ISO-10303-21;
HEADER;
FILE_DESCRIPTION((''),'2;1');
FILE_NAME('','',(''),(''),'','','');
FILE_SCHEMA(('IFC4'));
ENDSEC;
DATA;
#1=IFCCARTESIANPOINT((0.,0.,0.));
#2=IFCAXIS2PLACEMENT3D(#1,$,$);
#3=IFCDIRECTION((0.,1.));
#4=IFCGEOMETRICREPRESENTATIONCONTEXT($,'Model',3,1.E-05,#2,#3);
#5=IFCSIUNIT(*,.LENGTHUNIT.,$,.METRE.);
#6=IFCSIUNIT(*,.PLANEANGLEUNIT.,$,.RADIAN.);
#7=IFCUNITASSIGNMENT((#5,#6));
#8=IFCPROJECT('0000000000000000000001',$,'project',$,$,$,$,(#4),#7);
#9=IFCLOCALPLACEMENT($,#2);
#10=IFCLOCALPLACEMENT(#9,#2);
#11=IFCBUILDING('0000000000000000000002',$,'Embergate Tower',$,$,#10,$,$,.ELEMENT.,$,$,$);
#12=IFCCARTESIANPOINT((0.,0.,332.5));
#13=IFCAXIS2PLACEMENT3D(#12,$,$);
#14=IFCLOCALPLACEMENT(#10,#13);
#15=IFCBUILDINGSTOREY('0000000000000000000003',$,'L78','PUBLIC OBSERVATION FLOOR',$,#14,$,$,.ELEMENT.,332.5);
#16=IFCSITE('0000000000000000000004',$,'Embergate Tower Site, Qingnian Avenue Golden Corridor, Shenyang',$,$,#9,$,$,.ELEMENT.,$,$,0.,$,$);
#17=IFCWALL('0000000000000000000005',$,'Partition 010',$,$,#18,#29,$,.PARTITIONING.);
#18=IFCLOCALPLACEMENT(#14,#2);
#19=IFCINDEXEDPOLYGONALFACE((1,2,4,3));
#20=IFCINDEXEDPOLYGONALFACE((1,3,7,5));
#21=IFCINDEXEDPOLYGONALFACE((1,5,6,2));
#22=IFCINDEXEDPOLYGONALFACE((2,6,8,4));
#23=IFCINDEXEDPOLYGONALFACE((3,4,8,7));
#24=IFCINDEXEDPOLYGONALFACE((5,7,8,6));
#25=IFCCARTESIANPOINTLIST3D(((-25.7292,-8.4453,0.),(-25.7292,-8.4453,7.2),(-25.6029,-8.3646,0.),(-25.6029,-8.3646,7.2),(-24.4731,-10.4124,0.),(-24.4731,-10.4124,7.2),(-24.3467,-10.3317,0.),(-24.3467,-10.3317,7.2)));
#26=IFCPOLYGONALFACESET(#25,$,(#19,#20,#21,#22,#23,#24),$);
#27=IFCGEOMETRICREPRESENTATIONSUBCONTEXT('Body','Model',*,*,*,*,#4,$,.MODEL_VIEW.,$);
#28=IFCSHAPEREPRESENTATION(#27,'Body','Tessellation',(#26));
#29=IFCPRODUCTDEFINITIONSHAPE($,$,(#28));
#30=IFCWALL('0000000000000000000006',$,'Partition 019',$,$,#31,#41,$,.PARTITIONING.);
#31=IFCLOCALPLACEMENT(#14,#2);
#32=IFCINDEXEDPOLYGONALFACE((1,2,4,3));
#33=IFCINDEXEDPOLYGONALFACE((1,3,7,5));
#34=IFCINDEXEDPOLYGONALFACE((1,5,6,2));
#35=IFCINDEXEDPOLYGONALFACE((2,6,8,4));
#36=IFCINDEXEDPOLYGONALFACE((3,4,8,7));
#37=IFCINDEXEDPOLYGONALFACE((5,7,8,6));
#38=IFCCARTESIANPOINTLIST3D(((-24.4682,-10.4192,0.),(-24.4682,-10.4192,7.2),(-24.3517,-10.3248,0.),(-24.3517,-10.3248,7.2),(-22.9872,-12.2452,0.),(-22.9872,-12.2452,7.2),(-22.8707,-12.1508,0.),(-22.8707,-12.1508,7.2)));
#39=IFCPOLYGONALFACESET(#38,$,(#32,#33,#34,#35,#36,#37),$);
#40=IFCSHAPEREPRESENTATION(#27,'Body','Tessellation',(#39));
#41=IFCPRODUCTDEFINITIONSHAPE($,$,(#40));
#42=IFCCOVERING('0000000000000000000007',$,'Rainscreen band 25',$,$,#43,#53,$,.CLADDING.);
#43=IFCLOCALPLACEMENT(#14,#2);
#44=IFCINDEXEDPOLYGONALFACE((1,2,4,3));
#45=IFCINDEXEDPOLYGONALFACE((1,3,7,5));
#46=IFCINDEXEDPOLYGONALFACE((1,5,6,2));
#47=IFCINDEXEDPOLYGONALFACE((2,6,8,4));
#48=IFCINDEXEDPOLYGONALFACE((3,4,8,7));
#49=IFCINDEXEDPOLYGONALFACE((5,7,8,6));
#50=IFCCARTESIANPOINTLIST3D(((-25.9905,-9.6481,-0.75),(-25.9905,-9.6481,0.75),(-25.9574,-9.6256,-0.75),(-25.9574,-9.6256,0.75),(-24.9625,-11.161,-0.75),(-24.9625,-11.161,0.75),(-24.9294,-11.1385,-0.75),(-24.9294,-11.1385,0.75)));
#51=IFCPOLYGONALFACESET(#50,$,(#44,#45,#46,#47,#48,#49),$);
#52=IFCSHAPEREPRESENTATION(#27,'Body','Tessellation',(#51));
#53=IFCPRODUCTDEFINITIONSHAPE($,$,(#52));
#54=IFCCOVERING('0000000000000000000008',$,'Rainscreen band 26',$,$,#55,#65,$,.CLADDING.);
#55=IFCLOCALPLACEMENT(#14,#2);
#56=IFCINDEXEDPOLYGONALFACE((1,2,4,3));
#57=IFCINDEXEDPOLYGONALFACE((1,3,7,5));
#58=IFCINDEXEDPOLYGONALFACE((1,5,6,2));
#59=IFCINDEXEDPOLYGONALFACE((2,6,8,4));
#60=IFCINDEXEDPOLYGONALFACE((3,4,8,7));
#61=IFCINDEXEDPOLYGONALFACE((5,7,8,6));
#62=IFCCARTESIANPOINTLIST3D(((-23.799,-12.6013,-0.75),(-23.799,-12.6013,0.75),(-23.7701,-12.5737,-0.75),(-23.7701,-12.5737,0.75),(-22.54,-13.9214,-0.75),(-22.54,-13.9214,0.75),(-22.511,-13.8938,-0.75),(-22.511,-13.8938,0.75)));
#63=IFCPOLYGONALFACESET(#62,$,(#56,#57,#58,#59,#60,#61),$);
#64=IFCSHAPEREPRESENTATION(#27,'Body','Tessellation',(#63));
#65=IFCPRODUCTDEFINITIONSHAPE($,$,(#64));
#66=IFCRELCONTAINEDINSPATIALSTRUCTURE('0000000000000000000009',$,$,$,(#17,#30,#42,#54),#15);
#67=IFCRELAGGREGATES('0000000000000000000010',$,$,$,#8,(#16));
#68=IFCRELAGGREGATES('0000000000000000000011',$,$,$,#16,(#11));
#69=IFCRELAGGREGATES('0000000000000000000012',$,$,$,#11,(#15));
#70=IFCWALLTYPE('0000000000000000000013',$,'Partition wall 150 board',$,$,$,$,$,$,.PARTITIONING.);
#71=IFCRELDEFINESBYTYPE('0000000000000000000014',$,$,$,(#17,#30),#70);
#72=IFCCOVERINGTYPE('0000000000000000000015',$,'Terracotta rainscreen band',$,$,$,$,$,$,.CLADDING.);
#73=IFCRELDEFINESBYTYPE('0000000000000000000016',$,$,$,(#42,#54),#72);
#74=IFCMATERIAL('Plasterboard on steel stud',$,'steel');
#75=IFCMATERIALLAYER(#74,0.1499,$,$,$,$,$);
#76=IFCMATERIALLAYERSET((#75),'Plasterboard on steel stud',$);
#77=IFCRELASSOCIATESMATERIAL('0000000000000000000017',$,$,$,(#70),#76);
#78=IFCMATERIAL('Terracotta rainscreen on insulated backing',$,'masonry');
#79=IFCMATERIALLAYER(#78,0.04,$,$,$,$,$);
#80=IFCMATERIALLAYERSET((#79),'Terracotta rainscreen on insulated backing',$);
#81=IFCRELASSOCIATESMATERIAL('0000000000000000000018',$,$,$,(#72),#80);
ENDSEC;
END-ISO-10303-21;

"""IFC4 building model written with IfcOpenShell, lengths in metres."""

from ifc_helpers import new_model, si_unit, direction, frame, frame_2d, origin, origin_2d, place, context, subcontext, project, spatial, rectangle, extrude, source, transform, mapped, material, layer, layer_set, type_object, element, save


model = new_model("IFC4")

# Units and contexts
model_context = context("Model", 3, precision=1e-05, world=origin(), true_north=direction((0.0, 1.0)))
body_context = subcontext(model_context, "Body", "Model", "MODEL_VIEW")
ifc_project = project(units=[si_unit("LENGTHUNIT", "METRE"), si_unit("PLANEANGLEUNIT", "RADIAN")], contexts=[model_context])

# Site, building, storey
site_placement = place(None, origin())
site = spatial("IfcSite", under=ifc_project, at=site_placement, Name="Embergate Tower Site, Qingnian Avenue Golden Corridor, Shenyang", CompositionType="ELEMENT", RefElevation=0.0)
building_placement = place(site_placement, origin())
building = spatial("IfcBuilding", under=site, at=building_placement, Name="Embergate Tower", CompositionType="ELEMENT")
storey_placement = place(building_placement, frame((0.0, 0.0, 332.5)))
storey = spatial("IfcBuildingStorey", under=building, at=storey_placement, Name="L78", Description="PUBLIC OBSERVATION FLOOR", CompositionType="ELEMENT", Elevation=332.5)

# Walls
ifc_material_1 = material(Name="Plasterboard on steel stud", Category="steel")
ifc_layer_1 = layer(ifc_material_1, 0.1499)
ifc_layer_set_1 = layer_set([ifc_layer_1], Name="Plasterboard on steel stud")
wall_type = type_object("IfcWallType", Name="Partition wall 150 board", PredefinedType="PARTITIONING", material=ifc_layer_set_1)
shared_shape_1 = source(origin(), body_context, "Body", "SweptSolid", [
    extrude(rectangle(XDim=2.334, YDim=0.1499, at=frame_2d((1.167, 0.0))), origin(), (0.0, 0.0, 1.0), 7.2),
])
wall_1_placement = place(storey_placement, frame((-24.4099, -10.3721, 0.0), z_axis=(0.0, 0.0, 1.0), x_axis=(-0.538201, 0.842816, 0.0)))
element("IfcWall", 1, at=wall_1_placement, inside=storey, type_object=wall_type, Name="Partition 010", PredefinedType="PARTITIONING", context=body_context, shape_type="MappedRepresentation", body=[
    mapped(shared_shape_1, transform((0.0, 0.0, 0.0))),
])
shared_shape_2 = source(origin(), body_context, "Body", "SweptSolid", [
    extrude(rectangle(XDim=2.3511, YDim=0.1499, at=frame_2d((1.1755, 0.0))), origin(), (0.0, 0.0, 1.0), 7.2),
])
wall_2_placement = place(storey_placement, frame((-22.929, -12.198, 0.0), z_axis=(0.0, 0.0, 1.0), x_axis=(-0.629924, 0.776657, 0.0)))
element("IfcWall", 2, at=wall_2_placement, inside=storey, type_object=wall_type, Name="Partition 019", PredefinedType="PARTITIONING", context=body_context, shape_type="MappedRepresentation", body=[
    mapped(shared_shape_2, transform((0.0, 0.0, 0.0))),
])

# Coverings
ifc_material_2 = material(Name="Terracotta rainscreen on insulated backing", Category="masonry")
ifc_layer_2 = layer(ifc_material_2, 0.04)
ifc_layer_set_2 = layer_set([ifc_layer_2], Name="Terracotta rainscreen on insulated backing")
covering_type = type_object("IfcCoveringType", Name="Terracotta rainscreen band", PredefinedType="CLADDING", material=ifc_layer_set_2)
shared_shape_3 = source(origin(), body_context, "Body", "SweptSolid", [
    extrude(rectangle(XDim=1.8291, YDim=0.04, at=origin_2d()), origin(), (0.0, 0.0, 1.0), 1.5),
])
covering_1_placement = place(storey_placement, frame((-25.46, -10.3933, -0.75), z_axis=(0.0, 0.0, 1.0), x_axis=(0.561995, -0.82714, 0.0)))
element("IfcCovering", 3, at=covering_1_placement, inside=storey, type_object=covering_type, Name="Rainscreen band 25", PredefinedType="CLADDING", context=body_context, shape_type="MappedRepresentation", body=[
    mapped(shared_shape_3, transform((0.0, 0.0, 0.0))),
])
shared_shape_4 = source(origin(), body_context, "Body", "SweptSolid", [
    extrude(rectangle(XDim=1.8242, YDim=0.04, at=origin_2d()), origin(), (0.0, 0.0, 1.0), 1.5),
])
covering_2_placement = place(storey_placement, frame((-23.155, -13.2476, -0.75), z_axis=(0.0, 0.0, 1.0), x_axis=(0.690189, -0.723629, 0.0)))
element("IfcCovering", 4, at=covering_2_placement, inside=storey, type_object=covering_type, Name="Rainscreen band 26", PredefinedType="CLADDING", context=body_context, shape_type="MappedRepresentation", body=[
    mapped(shared_shape_4, transform((0.0, 0.0, 0.0))),
])

save(model, "model.ifc")
